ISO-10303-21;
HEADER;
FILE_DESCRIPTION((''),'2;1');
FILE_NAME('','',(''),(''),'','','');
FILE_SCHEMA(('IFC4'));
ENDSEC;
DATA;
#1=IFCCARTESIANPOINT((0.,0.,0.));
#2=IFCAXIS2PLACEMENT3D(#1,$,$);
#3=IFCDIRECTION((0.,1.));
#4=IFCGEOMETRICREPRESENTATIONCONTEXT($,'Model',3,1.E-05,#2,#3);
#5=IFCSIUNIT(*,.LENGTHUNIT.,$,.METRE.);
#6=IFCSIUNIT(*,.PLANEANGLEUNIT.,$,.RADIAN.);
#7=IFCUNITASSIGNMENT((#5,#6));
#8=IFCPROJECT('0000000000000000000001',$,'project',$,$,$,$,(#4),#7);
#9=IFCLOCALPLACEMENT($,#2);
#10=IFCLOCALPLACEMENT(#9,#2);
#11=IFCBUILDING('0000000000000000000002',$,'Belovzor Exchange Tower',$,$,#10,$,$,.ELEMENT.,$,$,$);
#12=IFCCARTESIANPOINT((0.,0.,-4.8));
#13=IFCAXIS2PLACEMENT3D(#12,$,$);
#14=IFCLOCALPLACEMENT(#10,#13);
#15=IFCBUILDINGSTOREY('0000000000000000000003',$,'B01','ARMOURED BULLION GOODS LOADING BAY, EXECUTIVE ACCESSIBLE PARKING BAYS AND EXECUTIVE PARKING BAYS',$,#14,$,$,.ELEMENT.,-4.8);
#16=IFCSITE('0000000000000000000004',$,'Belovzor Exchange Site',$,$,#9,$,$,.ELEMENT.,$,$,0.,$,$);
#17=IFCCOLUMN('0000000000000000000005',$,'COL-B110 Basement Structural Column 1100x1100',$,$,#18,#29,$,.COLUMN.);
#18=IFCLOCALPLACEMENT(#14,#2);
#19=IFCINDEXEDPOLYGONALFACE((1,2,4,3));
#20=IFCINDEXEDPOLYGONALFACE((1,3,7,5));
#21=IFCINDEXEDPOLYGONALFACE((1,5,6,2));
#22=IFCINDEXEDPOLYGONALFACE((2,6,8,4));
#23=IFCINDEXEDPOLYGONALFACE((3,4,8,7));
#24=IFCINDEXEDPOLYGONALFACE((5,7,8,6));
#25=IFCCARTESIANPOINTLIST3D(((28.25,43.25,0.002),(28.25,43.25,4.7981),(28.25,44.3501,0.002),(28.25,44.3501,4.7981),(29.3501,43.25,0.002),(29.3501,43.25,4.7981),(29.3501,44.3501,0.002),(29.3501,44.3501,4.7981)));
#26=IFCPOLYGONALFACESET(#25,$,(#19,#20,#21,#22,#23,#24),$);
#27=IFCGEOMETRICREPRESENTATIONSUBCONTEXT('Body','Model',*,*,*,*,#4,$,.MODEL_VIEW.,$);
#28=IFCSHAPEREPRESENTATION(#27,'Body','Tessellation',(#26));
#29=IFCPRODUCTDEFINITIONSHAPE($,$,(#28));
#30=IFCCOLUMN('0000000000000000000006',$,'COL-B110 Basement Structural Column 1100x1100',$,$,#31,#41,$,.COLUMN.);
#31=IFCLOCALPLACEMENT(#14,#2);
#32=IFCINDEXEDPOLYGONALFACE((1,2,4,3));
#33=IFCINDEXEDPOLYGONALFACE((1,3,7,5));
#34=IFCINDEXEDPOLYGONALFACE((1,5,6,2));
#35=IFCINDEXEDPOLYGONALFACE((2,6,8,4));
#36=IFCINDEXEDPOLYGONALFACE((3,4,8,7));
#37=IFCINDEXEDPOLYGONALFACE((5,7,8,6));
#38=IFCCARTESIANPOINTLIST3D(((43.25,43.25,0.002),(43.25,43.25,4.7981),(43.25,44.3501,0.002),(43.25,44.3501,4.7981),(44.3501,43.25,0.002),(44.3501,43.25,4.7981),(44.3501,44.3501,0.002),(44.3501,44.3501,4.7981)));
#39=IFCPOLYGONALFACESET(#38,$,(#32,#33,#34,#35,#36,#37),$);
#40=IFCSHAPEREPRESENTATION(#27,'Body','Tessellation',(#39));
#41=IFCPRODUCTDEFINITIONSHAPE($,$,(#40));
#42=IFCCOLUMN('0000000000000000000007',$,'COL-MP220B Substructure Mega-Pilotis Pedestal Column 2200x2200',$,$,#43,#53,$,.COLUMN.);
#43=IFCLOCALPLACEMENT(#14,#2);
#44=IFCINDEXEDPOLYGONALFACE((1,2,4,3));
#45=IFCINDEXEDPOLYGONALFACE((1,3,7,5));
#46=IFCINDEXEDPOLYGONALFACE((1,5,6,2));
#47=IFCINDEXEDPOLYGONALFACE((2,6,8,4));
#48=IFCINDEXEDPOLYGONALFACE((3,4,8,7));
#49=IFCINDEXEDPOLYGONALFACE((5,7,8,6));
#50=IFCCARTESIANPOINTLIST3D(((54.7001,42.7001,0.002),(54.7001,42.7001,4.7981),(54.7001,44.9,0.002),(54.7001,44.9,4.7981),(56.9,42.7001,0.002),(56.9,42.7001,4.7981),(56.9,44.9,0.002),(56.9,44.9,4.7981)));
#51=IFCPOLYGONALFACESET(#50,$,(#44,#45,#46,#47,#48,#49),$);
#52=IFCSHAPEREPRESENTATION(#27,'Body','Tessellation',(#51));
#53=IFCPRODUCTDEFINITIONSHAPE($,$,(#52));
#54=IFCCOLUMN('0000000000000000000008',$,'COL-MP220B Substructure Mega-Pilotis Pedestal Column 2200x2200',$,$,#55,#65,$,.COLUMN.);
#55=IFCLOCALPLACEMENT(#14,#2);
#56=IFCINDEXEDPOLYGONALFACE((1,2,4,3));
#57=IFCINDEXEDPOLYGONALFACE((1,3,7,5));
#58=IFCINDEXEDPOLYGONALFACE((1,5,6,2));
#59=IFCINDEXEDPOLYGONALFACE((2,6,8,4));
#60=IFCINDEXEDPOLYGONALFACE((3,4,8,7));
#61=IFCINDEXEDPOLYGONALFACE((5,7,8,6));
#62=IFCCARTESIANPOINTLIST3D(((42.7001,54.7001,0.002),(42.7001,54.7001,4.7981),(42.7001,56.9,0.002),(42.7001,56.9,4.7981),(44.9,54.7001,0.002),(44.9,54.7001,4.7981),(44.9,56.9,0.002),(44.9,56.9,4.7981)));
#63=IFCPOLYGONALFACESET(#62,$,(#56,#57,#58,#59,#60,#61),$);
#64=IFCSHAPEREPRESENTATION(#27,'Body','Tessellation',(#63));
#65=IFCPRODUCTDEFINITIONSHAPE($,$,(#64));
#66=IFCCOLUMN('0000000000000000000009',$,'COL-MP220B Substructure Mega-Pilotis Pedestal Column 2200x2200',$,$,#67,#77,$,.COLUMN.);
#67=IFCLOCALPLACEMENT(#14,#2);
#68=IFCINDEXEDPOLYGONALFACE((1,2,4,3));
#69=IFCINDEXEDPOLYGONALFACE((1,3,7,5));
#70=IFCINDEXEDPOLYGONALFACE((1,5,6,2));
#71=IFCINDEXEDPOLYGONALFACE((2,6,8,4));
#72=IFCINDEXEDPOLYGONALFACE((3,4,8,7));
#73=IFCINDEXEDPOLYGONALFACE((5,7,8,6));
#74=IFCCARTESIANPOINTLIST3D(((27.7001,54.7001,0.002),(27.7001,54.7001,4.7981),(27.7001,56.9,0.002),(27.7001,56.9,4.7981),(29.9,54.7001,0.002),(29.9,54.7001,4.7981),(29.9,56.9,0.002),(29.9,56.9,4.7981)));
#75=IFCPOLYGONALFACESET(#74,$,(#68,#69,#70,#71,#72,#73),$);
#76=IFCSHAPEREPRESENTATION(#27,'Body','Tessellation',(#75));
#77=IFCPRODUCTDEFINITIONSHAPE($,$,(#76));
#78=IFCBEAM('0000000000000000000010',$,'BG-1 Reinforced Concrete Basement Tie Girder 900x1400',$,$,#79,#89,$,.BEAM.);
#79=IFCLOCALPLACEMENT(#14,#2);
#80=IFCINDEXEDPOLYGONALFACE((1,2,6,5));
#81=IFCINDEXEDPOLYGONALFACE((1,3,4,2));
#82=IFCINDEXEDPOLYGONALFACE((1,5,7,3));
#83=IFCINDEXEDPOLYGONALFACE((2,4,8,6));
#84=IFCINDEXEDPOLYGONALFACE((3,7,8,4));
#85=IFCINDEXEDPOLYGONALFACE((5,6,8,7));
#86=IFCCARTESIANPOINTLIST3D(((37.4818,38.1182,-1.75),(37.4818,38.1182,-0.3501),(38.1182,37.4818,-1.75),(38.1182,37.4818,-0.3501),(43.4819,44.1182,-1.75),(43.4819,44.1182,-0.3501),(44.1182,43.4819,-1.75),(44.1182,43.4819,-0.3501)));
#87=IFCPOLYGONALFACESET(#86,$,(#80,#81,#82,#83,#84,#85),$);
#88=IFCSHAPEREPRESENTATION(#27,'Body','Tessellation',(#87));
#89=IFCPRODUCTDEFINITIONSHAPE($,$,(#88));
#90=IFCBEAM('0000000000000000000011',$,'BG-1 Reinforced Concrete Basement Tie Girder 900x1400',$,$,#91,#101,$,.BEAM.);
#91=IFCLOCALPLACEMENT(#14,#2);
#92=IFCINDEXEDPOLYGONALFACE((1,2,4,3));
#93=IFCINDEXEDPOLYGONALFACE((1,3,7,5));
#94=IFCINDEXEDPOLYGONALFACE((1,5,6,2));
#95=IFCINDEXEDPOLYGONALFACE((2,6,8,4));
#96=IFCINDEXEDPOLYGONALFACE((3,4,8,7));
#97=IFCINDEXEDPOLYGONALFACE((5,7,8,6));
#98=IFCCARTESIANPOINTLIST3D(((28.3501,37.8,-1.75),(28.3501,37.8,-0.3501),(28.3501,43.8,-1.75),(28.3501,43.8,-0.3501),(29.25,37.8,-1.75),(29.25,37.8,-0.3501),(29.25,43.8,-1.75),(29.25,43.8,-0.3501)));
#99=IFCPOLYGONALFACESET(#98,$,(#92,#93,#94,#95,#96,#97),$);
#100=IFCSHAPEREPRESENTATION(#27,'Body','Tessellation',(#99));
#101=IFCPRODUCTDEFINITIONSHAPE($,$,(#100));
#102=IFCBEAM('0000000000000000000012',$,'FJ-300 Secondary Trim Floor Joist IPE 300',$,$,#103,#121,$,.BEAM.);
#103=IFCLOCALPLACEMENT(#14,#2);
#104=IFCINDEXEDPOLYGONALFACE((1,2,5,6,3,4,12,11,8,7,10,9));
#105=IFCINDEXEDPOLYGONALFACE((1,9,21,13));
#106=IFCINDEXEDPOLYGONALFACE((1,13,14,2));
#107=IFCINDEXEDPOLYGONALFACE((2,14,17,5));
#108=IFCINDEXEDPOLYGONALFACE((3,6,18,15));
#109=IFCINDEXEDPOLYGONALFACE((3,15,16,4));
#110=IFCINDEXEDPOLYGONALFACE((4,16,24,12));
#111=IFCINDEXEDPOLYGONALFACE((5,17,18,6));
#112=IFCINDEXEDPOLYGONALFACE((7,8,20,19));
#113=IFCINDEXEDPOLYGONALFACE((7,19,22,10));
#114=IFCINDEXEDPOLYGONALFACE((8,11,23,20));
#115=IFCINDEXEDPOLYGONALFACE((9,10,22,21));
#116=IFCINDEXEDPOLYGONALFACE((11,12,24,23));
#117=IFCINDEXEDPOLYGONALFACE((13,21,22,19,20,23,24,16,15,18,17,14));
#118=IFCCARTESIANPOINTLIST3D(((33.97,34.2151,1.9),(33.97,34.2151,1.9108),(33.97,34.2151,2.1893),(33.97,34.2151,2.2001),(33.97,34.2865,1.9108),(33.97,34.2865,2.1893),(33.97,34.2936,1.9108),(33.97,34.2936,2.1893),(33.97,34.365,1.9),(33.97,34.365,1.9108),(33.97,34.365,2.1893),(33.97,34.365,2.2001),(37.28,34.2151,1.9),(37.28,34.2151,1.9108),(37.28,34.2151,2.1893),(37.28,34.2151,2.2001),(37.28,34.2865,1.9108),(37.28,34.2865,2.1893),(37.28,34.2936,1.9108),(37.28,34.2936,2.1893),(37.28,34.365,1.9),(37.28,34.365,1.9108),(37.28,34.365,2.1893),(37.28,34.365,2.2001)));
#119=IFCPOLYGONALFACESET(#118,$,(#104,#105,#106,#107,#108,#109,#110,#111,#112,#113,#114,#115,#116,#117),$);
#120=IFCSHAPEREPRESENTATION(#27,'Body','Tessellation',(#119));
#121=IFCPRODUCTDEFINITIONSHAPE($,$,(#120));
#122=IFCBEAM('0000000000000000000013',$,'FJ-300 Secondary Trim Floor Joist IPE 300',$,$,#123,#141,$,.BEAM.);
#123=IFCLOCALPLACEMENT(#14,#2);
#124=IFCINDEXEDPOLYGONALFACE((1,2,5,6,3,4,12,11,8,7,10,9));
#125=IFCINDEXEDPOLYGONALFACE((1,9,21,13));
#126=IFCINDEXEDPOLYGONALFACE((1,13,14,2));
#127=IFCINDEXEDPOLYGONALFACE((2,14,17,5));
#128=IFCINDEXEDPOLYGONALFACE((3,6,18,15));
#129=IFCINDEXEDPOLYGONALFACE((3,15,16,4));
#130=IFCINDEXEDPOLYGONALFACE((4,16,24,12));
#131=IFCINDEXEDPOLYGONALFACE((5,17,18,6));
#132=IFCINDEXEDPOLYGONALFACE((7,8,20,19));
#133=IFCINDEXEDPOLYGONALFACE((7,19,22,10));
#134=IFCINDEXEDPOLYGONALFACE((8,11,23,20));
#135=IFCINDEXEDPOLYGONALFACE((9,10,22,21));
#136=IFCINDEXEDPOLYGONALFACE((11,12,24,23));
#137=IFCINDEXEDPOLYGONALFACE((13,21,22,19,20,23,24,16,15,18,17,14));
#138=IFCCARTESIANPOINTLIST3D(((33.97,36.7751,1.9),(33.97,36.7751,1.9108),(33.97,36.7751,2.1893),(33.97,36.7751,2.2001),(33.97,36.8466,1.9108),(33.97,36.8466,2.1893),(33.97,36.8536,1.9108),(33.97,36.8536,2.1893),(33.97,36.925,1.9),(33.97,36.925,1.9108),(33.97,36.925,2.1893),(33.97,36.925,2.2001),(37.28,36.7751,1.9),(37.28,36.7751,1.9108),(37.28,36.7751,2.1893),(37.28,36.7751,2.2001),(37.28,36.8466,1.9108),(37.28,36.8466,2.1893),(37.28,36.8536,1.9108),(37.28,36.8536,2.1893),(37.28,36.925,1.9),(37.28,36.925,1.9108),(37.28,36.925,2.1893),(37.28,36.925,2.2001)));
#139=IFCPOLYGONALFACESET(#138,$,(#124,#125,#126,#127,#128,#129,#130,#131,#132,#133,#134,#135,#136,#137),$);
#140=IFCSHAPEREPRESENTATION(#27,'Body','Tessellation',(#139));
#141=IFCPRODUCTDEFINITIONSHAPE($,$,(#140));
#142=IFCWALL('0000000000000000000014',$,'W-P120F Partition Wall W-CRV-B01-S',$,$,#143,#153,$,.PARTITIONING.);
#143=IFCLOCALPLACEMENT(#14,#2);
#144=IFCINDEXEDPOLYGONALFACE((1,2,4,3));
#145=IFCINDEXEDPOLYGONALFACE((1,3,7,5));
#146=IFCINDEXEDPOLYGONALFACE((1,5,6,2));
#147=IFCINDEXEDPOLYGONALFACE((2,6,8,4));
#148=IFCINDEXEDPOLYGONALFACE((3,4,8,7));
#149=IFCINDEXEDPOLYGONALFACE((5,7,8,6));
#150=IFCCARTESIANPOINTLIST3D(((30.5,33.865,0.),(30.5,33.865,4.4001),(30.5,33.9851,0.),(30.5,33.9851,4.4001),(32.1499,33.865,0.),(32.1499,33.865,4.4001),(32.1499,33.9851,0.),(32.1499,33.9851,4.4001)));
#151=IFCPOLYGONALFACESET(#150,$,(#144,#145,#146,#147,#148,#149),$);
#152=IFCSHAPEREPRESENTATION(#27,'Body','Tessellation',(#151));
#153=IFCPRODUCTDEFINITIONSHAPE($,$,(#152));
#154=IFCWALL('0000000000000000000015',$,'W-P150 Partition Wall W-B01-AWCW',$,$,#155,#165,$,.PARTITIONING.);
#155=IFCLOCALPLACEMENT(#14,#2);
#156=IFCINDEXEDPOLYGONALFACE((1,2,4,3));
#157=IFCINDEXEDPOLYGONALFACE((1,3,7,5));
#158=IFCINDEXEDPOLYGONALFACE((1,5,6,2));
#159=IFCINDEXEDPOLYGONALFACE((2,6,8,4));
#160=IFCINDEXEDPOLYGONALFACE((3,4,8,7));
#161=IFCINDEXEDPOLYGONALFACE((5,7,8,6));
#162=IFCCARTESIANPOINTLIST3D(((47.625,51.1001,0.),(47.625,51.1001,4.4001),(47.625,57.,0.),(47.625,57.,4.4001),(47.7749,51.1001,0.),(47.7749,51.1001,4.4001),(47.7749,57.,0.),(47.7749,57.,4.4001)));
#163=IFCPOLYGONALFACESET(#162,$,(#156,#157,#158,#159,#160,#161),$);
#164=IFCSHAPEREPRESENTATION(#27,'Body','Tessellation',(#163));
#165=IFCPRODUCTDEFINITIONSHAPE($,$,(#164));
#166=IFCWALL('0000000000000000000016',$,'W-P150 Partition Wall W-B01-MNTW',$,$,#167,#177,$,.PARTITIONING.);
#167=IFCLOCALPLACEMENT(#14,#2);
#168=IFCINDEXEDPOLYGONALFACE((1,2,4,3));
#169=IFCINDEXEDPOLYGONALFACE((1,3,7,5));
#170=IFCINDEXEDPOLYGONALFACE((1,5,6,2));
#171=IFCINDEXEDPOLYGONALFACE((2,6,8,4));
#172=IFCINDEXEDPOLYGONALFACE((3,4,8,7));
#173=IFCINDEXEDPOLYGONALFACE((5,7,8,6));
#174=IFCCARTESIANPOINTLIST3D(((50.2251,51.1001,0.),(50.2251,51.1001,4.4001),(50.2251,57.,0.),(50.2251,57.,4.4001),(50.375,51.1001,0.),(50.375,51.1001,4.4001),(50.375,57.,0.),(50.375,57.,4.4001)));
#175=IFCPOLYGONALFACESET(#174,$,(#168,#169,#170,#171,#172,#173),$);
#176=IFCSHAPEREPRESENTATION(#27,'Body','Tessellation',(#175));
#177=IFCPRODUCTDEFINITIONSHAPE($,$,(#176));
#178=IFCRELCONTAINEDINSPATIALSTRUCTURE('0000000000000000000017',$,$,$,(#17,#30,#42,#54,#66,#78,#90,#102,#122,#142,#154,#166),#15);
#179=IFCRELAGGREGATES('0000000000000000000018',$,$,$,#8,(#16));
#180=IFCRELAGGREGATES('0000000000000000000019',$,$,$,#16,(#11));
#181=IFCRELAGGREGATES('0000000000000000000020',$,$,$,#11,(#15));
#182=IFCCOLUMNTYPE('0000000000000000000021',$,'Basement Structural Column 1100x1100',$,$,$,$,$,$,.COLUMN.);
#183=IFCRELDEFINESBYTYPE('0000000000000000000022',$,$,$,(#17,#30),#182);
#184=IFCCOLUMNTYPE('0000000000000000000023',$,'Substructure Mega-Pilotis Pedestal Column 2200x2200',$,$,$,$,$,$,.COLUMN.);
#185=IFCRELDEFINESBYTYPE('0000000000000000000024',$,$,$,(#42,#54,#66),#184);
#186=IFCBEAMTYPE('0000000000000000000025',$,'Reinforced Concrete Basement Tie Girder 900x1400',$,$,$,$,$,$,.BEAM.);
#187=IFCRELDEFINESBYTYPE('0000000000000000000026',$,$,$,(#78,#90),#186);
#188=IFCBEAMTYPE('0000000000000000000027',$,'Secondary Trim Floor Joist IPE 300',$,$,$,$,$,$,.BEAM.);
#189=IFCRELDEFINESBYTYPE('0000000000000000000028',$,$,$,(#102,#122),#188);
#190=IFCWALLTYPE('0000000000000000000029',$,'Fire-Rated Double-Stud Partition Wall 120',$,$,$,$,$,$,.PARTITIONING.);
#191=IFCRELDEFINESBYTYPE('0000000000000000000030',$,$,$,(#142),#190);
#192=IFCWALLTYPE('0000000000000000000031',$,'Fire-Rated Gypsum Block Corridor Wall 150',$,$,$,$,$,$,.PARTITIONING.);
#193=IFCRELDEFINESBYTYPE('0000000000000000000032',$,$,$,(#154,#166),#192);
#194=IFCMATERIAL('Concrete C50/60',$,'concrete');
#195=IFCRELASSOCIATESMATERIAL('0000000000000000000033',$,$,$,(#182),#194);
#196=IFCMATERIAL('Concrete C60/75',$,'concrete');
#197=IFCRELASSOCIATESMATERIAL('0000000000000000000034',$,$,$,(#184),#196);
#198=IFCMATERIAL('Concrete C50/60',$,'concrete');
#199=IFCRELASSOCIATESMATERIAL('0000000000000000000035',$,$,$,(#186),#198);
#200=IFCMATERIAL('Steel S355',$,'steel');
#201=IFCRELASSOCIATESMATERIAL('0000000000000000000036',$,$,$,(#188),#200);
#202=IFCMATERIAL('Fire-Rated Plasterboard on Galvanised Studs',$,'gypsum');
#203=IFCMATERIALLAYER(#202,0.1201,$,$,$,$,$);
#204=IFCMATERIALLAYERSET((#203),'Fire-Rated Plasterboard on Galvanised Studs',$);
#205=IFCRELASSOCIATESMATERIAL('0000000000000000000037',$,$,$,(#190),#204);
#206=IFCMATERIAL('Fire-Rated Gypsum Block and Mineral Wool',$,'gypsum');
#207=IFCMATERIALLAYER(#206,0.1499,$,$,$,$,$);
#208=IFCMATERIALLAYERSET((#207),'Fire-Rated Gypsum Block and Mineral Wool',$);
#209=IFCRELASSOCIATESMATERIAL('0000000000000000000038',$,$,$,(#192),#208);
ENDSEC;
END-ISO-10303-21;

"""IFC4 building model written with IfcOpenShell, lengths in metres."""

from ifc_helpers import new_model, si_unit, direction, frame, frame_2d, origin, origin_2d, place, context, subcontext, project, spatial, rectangle, i_section, extrude, material, layer, layer_set, material_profile, profile_set, type_object, element, save


model = new_model("IFC4")

# Units and contexts
model_context = context("Model", 3, precision=1e-05, world=origin(), true_north=direction((0.0, 1.0)))
body_context = subcontext(model_context, "Body", "Model", "MODEL_VIEW")
ifc_project = project(units=[si_unit("LENGTHUNIT", "METRE"), si_unit("PLANEANGLEUNIT", "RADIAN")], contexts=[model_context])

# Site, building, storey
site_placement = place(None, origin())
site = spatial("IfcSite", under=ifc_project, at=site_placement, Name="Belovzor Exchange Site", CompositionType="ELEMENT", RefElevation=0.0)
building_placement = place(site_placement, origin())
building = spatial("IfcBuilding", under=site, at=building_placement, Name="Belovzor Exchange Tower", CompositionType="ELEMENT")
storey_placement = place(building_placement, frame((0.0, 0.0, -4.8)))
storey = spatial("IfcBuildingStorey", under=building, at=storey_placement, Name="B01", Description="ARMOURED BULLION GOODS LOADING BAY, EXECUTIVE ACCESSIBLE PARKING BAYS AND EXECUTIVE PARKING BAYS", CompositionType="ELEMENT", Elevation=-4.8)

# Columns
ifc_material_1 = material(Name="Concrete C50/60", Category="concrete")
ifc_material_profile_1 = material_profile(ifc_material_1, rectangle(XDim=1.1001, YDim=1.1001, at=origin_2d()))
ifc_profile_set_1 = profile_set([ifc_material_profile_1], Name="Concrete C50/60")
column_type_1 = type_object("IfcColumnType", Name="Basement Structural Column 1100x1100", PredefinedType="COLUMN", material=ifc_profile_set_1)
for number, where, z_axis, x_axis, name in (
    (1, (28.8, 43.8, 0.002), (0.0, 0.0, 1.0), (1.0, 0.0, 0.0), "COL-B110 Basement Structural Column 1100x1100"),
    (2, (43.8, 43.8, 0.002), (0.0, 0.0, 1.0), (1.0, 0.0, 0.0), "COL-B110 Basement Structural Column 1100x1100"),
):
    element("IfcColumn", number, at=place(storey_placement, frame(where, z_axis=z_axis, x_axis=x_axis)), inside=storey, type_object=column_type_1, Name=name, PredefinedType="COLUMN", context=body_context, shape_type="SweptSolid", body=[
        extrude(rectangle(XDim=1.1001, YDim=1.1001, at=origin_2d()), origin(), (0.0, 0.0, 1.0), 4.7961),
    ])
ifc_material_2 = material(Name="Concrete C60/75", Category="concrete")
ifc_material_profile_2 = material_profile(ifc_material_2, rectangle(XDim=2.2, YDim=2.2, at=origin_2d()))
ifc_profile_set_2 = profile_set([ifc_material_profile_2], Name="Concrete C60/75")
column_type_2 = type_object("IfcColumnType", Name="Substructure Mega-Pilotis Pedestal Column 2200x2200", PredefinedType="COLUMN", material=ifc_profile_set_2)
for number, where, z_axis, x_axis, name in (
    (3, (55.8, 43.8, 0.002), (0.0, 0.0, 1.0), (1.0, 0.0, 0.0), "COL-MP220B Substructure Mega-Pilotis Pedestal Column 2200x2200"),
    (4, (43.8, 55.8, 0.002), (0.0, 0.0, 1.0), (1.0, 0.0, 0.0), "COL-MP220B Substructure Mega-Pilotis Pedestal Column 2200x2200"),
    (5, (28.8, 55.8, 0.002), (0.0, 0.0, 1.0), (1.0, 0.0, 0.0), "COL-MP220B Substructure Mega-Pilotis Pedestal Column 2200x2200"),
):
    element("IfcColumn", number, at=place(storey_placement, frame(where, z_axis=z_axis, x_axis=x_axis)), inside=storey, type_object=column_type_2, Name=name, PredefinedType="COLUMN", context=body_context, shape_type="SweptSolid", body=[
        extrude(rectangle(XDim=2.2, YDim=2.2, at=origin_2d()), origin(), (0.0, 0.0, 1.0), 4.7961),
    ])

# Beams
ifc_material_3 = material(Name="Concrete C50/60", Category="concrete")
ifc_material_profile_3 = material_profile(ifc_material_3, rectangle(XDim=0.8999, YDim=1.3999, at=origin_2d()))
ifc_profile_set_3 = profile_set([ifc_material_profile_3], Name="Concrete C50/60")
beam_type_1 = type_object("IfcBeamType", Name="Reinforced Concrete Basement Tie Girder 900x1400", PredefinedType="BEAM", material=ifc_profile_set_3)
beam_1_placement = place(storey_placement, frame((43.8, 43.8, -1.05), z_axis=(-0.707107, -0.707107, 0.0), x_axis=(0.707107, -0.707107, 0.0)))
element("IfcBeam", 6, at=beam_1_placement, inside=storey, type_object=beam_type_1, Name="BG-1 Reinforced Concrete Basement Tie Girder 900x1400", PredefinedType="BEAM", context=body_context, shape_type="SweptSolid", body=[
    extrude(rectangle(XDim=0.8999, YDim=1.3999, at=origin_2d()), origin(), (0.0, 0.0, 1.0), 8.4854),
])
beam_2_placement = place(storey_placement, frame((28.8, 43.8, -1.05), z_axis=(0.0, -1.0, 0.0), x_axis=(1.0, 0.0, 0.0)))
element("IfcBeam", 7, at=beam_2_placement, inside=storey, type_object=beam_type_1, Name="BG-1 Reinforced Concrete Basement Tie Girder 900x1400", PredefinedType="BEAM", context=body_context, shape_type="SweptSolid", body=[
    extrude(rectangle(XDim=0.8999, YDim=1.3999, at=origin_2d()), origin(), (0.0, 0.0, 1.0), 6.0),
])
ifc_material_4 = material(Name="Steel S355", Category="steel")
ifc_material_profile_4 = material_profile(ifc_material_4, i_section(OverallWidth=0.1499, OverallDepth=0.3, WebThickness=0.0071, FlangeThickness=0.0107, at=origin_2d()))
ifc_profile_set_4 = profile_set([ifc_material_profile_4], Name="Steel S355")
beam_type_2 = type_object("IfcBeamType", Name="Secondary Trim Floor Joist IPE 300", PredefinedType="BEAM", material=ifc_profile_set_4)
for number, where, z_axis, x_axis, name in (
    (8, (37.28, 34.29, 2.05), (-1.0, 0.0, 0.0), (0.0, -1.0, 0.0), "FJ-300 Secondary Trim Floor Joist IPE 300"),
    (9, (37.28, 36.8501, 2.05), (-1.0, 0.0, 0.0), (0.0, -1.0, 0.0), "FJ-300 Secondary Trim Floor Joist IPE 300"),
):
    element("IfcBeam", number, at=place(storey_placement, frame(where, z_axis=z_axis, x_axis=x_axis)), inside=storey, type_object=beam_type_2, Name=name, PredefinedType="BEAM", context=body_context, shape_type="SweptSolid", body=[
        extrude(i_section(OverallWidth=0.1499, OverallDepth=0.3, WebThickness=0.0071, FlangeThickness=0.0107, at=origin_2d()), origin(), (0.0, 0.0, 1.0), 3.3101),
    ])

# Walls
ifc_material_5 = material(Name="Fire-Rated Plasterboard on Galvanised Studs", Category="gypsum")
ifc_layer_1 = layer(ifc_material_5, 0.1201)
ifc_layer_set_1 = layer_set([ifc_layer_1], Name="Fire-Rated Plasterboard on Galvanised Studs")
wall_type_1 = type_object("IfcWallType", Name="Fire-Rated Double-Stud Partition Wall 120", PredefinedType="PARTITIONING", material=ifc_layer_set_1)
wall_1_placement = place(storey_placement, frame((30.5, 33.925, 0.0), z_axis=(0.0, 0.0, 1.0), x_axis=(1.0, 0.0, 0.0)))
element("IfcWall", 10, at=wall_1_placement, inside=storey, type_object=wall_type_1, Name="W-P120F Partition Wall W-CRV-B01-S", PredefinedType="PARTITIONING", context=body_context, shape_type="SweptSolid", body=[
    extrude(rectangle(XDim=1.6499, YDim=0.1201, at=frame_2d((0.825, 0.0))), origin(), (0.0, 0.0, 1.0), 4.4001),
])
ifc_material_6 = material(Name="Fire-Rated Gypsum Block and Mineral Wool", Category="gypsum")
ifc_layer_2 = layer(ifc_material_6, 0.1499)
ifc_layer_set_2 = layer_set([ifc_layer_2], Name="Fire-Rated Gypsum Block and Mineral Wool")
wall_type_2 = type_object("IfcWallType", Name="Fire-Rated Gypsum Block Corridor Wall 150", PredefinedType="PARTITIONING", material=ifc_layer_set_2)
for number, where, z_axis, x_axis, name in (
    (11, (47.7, 51.1001, 0.0), (0.0, 0.0, 1.0), (0.0, 1.0, 0.0), "W-P150 Partition Wall W-B01-AWCW"),
    (12, (50.3, 51.1001, 0.0), (0.0, 0.0, 1.0), (0.0, 1.0, 0.0), "W-P150 Partition Wall W-B01-MNTW"),
):
    element("IfcWall", number, at=place(storey_placement, frame(where, z_axis=z_axis, x_axis=x_axis)), inside=storey, type_object=wall_type_2, Name=name, PredefinedType="PARTITIONING", context=body_context, shape_type="SweptSolid", body=[
        extrude(rectangle(XDim=5.8999, YDim=0.1499, at=frame_2d((2.95, 0.0))), origin(), (0.0, 0.0, 1.0), 4.4001),
    ])

save(model, "model.ifc")
